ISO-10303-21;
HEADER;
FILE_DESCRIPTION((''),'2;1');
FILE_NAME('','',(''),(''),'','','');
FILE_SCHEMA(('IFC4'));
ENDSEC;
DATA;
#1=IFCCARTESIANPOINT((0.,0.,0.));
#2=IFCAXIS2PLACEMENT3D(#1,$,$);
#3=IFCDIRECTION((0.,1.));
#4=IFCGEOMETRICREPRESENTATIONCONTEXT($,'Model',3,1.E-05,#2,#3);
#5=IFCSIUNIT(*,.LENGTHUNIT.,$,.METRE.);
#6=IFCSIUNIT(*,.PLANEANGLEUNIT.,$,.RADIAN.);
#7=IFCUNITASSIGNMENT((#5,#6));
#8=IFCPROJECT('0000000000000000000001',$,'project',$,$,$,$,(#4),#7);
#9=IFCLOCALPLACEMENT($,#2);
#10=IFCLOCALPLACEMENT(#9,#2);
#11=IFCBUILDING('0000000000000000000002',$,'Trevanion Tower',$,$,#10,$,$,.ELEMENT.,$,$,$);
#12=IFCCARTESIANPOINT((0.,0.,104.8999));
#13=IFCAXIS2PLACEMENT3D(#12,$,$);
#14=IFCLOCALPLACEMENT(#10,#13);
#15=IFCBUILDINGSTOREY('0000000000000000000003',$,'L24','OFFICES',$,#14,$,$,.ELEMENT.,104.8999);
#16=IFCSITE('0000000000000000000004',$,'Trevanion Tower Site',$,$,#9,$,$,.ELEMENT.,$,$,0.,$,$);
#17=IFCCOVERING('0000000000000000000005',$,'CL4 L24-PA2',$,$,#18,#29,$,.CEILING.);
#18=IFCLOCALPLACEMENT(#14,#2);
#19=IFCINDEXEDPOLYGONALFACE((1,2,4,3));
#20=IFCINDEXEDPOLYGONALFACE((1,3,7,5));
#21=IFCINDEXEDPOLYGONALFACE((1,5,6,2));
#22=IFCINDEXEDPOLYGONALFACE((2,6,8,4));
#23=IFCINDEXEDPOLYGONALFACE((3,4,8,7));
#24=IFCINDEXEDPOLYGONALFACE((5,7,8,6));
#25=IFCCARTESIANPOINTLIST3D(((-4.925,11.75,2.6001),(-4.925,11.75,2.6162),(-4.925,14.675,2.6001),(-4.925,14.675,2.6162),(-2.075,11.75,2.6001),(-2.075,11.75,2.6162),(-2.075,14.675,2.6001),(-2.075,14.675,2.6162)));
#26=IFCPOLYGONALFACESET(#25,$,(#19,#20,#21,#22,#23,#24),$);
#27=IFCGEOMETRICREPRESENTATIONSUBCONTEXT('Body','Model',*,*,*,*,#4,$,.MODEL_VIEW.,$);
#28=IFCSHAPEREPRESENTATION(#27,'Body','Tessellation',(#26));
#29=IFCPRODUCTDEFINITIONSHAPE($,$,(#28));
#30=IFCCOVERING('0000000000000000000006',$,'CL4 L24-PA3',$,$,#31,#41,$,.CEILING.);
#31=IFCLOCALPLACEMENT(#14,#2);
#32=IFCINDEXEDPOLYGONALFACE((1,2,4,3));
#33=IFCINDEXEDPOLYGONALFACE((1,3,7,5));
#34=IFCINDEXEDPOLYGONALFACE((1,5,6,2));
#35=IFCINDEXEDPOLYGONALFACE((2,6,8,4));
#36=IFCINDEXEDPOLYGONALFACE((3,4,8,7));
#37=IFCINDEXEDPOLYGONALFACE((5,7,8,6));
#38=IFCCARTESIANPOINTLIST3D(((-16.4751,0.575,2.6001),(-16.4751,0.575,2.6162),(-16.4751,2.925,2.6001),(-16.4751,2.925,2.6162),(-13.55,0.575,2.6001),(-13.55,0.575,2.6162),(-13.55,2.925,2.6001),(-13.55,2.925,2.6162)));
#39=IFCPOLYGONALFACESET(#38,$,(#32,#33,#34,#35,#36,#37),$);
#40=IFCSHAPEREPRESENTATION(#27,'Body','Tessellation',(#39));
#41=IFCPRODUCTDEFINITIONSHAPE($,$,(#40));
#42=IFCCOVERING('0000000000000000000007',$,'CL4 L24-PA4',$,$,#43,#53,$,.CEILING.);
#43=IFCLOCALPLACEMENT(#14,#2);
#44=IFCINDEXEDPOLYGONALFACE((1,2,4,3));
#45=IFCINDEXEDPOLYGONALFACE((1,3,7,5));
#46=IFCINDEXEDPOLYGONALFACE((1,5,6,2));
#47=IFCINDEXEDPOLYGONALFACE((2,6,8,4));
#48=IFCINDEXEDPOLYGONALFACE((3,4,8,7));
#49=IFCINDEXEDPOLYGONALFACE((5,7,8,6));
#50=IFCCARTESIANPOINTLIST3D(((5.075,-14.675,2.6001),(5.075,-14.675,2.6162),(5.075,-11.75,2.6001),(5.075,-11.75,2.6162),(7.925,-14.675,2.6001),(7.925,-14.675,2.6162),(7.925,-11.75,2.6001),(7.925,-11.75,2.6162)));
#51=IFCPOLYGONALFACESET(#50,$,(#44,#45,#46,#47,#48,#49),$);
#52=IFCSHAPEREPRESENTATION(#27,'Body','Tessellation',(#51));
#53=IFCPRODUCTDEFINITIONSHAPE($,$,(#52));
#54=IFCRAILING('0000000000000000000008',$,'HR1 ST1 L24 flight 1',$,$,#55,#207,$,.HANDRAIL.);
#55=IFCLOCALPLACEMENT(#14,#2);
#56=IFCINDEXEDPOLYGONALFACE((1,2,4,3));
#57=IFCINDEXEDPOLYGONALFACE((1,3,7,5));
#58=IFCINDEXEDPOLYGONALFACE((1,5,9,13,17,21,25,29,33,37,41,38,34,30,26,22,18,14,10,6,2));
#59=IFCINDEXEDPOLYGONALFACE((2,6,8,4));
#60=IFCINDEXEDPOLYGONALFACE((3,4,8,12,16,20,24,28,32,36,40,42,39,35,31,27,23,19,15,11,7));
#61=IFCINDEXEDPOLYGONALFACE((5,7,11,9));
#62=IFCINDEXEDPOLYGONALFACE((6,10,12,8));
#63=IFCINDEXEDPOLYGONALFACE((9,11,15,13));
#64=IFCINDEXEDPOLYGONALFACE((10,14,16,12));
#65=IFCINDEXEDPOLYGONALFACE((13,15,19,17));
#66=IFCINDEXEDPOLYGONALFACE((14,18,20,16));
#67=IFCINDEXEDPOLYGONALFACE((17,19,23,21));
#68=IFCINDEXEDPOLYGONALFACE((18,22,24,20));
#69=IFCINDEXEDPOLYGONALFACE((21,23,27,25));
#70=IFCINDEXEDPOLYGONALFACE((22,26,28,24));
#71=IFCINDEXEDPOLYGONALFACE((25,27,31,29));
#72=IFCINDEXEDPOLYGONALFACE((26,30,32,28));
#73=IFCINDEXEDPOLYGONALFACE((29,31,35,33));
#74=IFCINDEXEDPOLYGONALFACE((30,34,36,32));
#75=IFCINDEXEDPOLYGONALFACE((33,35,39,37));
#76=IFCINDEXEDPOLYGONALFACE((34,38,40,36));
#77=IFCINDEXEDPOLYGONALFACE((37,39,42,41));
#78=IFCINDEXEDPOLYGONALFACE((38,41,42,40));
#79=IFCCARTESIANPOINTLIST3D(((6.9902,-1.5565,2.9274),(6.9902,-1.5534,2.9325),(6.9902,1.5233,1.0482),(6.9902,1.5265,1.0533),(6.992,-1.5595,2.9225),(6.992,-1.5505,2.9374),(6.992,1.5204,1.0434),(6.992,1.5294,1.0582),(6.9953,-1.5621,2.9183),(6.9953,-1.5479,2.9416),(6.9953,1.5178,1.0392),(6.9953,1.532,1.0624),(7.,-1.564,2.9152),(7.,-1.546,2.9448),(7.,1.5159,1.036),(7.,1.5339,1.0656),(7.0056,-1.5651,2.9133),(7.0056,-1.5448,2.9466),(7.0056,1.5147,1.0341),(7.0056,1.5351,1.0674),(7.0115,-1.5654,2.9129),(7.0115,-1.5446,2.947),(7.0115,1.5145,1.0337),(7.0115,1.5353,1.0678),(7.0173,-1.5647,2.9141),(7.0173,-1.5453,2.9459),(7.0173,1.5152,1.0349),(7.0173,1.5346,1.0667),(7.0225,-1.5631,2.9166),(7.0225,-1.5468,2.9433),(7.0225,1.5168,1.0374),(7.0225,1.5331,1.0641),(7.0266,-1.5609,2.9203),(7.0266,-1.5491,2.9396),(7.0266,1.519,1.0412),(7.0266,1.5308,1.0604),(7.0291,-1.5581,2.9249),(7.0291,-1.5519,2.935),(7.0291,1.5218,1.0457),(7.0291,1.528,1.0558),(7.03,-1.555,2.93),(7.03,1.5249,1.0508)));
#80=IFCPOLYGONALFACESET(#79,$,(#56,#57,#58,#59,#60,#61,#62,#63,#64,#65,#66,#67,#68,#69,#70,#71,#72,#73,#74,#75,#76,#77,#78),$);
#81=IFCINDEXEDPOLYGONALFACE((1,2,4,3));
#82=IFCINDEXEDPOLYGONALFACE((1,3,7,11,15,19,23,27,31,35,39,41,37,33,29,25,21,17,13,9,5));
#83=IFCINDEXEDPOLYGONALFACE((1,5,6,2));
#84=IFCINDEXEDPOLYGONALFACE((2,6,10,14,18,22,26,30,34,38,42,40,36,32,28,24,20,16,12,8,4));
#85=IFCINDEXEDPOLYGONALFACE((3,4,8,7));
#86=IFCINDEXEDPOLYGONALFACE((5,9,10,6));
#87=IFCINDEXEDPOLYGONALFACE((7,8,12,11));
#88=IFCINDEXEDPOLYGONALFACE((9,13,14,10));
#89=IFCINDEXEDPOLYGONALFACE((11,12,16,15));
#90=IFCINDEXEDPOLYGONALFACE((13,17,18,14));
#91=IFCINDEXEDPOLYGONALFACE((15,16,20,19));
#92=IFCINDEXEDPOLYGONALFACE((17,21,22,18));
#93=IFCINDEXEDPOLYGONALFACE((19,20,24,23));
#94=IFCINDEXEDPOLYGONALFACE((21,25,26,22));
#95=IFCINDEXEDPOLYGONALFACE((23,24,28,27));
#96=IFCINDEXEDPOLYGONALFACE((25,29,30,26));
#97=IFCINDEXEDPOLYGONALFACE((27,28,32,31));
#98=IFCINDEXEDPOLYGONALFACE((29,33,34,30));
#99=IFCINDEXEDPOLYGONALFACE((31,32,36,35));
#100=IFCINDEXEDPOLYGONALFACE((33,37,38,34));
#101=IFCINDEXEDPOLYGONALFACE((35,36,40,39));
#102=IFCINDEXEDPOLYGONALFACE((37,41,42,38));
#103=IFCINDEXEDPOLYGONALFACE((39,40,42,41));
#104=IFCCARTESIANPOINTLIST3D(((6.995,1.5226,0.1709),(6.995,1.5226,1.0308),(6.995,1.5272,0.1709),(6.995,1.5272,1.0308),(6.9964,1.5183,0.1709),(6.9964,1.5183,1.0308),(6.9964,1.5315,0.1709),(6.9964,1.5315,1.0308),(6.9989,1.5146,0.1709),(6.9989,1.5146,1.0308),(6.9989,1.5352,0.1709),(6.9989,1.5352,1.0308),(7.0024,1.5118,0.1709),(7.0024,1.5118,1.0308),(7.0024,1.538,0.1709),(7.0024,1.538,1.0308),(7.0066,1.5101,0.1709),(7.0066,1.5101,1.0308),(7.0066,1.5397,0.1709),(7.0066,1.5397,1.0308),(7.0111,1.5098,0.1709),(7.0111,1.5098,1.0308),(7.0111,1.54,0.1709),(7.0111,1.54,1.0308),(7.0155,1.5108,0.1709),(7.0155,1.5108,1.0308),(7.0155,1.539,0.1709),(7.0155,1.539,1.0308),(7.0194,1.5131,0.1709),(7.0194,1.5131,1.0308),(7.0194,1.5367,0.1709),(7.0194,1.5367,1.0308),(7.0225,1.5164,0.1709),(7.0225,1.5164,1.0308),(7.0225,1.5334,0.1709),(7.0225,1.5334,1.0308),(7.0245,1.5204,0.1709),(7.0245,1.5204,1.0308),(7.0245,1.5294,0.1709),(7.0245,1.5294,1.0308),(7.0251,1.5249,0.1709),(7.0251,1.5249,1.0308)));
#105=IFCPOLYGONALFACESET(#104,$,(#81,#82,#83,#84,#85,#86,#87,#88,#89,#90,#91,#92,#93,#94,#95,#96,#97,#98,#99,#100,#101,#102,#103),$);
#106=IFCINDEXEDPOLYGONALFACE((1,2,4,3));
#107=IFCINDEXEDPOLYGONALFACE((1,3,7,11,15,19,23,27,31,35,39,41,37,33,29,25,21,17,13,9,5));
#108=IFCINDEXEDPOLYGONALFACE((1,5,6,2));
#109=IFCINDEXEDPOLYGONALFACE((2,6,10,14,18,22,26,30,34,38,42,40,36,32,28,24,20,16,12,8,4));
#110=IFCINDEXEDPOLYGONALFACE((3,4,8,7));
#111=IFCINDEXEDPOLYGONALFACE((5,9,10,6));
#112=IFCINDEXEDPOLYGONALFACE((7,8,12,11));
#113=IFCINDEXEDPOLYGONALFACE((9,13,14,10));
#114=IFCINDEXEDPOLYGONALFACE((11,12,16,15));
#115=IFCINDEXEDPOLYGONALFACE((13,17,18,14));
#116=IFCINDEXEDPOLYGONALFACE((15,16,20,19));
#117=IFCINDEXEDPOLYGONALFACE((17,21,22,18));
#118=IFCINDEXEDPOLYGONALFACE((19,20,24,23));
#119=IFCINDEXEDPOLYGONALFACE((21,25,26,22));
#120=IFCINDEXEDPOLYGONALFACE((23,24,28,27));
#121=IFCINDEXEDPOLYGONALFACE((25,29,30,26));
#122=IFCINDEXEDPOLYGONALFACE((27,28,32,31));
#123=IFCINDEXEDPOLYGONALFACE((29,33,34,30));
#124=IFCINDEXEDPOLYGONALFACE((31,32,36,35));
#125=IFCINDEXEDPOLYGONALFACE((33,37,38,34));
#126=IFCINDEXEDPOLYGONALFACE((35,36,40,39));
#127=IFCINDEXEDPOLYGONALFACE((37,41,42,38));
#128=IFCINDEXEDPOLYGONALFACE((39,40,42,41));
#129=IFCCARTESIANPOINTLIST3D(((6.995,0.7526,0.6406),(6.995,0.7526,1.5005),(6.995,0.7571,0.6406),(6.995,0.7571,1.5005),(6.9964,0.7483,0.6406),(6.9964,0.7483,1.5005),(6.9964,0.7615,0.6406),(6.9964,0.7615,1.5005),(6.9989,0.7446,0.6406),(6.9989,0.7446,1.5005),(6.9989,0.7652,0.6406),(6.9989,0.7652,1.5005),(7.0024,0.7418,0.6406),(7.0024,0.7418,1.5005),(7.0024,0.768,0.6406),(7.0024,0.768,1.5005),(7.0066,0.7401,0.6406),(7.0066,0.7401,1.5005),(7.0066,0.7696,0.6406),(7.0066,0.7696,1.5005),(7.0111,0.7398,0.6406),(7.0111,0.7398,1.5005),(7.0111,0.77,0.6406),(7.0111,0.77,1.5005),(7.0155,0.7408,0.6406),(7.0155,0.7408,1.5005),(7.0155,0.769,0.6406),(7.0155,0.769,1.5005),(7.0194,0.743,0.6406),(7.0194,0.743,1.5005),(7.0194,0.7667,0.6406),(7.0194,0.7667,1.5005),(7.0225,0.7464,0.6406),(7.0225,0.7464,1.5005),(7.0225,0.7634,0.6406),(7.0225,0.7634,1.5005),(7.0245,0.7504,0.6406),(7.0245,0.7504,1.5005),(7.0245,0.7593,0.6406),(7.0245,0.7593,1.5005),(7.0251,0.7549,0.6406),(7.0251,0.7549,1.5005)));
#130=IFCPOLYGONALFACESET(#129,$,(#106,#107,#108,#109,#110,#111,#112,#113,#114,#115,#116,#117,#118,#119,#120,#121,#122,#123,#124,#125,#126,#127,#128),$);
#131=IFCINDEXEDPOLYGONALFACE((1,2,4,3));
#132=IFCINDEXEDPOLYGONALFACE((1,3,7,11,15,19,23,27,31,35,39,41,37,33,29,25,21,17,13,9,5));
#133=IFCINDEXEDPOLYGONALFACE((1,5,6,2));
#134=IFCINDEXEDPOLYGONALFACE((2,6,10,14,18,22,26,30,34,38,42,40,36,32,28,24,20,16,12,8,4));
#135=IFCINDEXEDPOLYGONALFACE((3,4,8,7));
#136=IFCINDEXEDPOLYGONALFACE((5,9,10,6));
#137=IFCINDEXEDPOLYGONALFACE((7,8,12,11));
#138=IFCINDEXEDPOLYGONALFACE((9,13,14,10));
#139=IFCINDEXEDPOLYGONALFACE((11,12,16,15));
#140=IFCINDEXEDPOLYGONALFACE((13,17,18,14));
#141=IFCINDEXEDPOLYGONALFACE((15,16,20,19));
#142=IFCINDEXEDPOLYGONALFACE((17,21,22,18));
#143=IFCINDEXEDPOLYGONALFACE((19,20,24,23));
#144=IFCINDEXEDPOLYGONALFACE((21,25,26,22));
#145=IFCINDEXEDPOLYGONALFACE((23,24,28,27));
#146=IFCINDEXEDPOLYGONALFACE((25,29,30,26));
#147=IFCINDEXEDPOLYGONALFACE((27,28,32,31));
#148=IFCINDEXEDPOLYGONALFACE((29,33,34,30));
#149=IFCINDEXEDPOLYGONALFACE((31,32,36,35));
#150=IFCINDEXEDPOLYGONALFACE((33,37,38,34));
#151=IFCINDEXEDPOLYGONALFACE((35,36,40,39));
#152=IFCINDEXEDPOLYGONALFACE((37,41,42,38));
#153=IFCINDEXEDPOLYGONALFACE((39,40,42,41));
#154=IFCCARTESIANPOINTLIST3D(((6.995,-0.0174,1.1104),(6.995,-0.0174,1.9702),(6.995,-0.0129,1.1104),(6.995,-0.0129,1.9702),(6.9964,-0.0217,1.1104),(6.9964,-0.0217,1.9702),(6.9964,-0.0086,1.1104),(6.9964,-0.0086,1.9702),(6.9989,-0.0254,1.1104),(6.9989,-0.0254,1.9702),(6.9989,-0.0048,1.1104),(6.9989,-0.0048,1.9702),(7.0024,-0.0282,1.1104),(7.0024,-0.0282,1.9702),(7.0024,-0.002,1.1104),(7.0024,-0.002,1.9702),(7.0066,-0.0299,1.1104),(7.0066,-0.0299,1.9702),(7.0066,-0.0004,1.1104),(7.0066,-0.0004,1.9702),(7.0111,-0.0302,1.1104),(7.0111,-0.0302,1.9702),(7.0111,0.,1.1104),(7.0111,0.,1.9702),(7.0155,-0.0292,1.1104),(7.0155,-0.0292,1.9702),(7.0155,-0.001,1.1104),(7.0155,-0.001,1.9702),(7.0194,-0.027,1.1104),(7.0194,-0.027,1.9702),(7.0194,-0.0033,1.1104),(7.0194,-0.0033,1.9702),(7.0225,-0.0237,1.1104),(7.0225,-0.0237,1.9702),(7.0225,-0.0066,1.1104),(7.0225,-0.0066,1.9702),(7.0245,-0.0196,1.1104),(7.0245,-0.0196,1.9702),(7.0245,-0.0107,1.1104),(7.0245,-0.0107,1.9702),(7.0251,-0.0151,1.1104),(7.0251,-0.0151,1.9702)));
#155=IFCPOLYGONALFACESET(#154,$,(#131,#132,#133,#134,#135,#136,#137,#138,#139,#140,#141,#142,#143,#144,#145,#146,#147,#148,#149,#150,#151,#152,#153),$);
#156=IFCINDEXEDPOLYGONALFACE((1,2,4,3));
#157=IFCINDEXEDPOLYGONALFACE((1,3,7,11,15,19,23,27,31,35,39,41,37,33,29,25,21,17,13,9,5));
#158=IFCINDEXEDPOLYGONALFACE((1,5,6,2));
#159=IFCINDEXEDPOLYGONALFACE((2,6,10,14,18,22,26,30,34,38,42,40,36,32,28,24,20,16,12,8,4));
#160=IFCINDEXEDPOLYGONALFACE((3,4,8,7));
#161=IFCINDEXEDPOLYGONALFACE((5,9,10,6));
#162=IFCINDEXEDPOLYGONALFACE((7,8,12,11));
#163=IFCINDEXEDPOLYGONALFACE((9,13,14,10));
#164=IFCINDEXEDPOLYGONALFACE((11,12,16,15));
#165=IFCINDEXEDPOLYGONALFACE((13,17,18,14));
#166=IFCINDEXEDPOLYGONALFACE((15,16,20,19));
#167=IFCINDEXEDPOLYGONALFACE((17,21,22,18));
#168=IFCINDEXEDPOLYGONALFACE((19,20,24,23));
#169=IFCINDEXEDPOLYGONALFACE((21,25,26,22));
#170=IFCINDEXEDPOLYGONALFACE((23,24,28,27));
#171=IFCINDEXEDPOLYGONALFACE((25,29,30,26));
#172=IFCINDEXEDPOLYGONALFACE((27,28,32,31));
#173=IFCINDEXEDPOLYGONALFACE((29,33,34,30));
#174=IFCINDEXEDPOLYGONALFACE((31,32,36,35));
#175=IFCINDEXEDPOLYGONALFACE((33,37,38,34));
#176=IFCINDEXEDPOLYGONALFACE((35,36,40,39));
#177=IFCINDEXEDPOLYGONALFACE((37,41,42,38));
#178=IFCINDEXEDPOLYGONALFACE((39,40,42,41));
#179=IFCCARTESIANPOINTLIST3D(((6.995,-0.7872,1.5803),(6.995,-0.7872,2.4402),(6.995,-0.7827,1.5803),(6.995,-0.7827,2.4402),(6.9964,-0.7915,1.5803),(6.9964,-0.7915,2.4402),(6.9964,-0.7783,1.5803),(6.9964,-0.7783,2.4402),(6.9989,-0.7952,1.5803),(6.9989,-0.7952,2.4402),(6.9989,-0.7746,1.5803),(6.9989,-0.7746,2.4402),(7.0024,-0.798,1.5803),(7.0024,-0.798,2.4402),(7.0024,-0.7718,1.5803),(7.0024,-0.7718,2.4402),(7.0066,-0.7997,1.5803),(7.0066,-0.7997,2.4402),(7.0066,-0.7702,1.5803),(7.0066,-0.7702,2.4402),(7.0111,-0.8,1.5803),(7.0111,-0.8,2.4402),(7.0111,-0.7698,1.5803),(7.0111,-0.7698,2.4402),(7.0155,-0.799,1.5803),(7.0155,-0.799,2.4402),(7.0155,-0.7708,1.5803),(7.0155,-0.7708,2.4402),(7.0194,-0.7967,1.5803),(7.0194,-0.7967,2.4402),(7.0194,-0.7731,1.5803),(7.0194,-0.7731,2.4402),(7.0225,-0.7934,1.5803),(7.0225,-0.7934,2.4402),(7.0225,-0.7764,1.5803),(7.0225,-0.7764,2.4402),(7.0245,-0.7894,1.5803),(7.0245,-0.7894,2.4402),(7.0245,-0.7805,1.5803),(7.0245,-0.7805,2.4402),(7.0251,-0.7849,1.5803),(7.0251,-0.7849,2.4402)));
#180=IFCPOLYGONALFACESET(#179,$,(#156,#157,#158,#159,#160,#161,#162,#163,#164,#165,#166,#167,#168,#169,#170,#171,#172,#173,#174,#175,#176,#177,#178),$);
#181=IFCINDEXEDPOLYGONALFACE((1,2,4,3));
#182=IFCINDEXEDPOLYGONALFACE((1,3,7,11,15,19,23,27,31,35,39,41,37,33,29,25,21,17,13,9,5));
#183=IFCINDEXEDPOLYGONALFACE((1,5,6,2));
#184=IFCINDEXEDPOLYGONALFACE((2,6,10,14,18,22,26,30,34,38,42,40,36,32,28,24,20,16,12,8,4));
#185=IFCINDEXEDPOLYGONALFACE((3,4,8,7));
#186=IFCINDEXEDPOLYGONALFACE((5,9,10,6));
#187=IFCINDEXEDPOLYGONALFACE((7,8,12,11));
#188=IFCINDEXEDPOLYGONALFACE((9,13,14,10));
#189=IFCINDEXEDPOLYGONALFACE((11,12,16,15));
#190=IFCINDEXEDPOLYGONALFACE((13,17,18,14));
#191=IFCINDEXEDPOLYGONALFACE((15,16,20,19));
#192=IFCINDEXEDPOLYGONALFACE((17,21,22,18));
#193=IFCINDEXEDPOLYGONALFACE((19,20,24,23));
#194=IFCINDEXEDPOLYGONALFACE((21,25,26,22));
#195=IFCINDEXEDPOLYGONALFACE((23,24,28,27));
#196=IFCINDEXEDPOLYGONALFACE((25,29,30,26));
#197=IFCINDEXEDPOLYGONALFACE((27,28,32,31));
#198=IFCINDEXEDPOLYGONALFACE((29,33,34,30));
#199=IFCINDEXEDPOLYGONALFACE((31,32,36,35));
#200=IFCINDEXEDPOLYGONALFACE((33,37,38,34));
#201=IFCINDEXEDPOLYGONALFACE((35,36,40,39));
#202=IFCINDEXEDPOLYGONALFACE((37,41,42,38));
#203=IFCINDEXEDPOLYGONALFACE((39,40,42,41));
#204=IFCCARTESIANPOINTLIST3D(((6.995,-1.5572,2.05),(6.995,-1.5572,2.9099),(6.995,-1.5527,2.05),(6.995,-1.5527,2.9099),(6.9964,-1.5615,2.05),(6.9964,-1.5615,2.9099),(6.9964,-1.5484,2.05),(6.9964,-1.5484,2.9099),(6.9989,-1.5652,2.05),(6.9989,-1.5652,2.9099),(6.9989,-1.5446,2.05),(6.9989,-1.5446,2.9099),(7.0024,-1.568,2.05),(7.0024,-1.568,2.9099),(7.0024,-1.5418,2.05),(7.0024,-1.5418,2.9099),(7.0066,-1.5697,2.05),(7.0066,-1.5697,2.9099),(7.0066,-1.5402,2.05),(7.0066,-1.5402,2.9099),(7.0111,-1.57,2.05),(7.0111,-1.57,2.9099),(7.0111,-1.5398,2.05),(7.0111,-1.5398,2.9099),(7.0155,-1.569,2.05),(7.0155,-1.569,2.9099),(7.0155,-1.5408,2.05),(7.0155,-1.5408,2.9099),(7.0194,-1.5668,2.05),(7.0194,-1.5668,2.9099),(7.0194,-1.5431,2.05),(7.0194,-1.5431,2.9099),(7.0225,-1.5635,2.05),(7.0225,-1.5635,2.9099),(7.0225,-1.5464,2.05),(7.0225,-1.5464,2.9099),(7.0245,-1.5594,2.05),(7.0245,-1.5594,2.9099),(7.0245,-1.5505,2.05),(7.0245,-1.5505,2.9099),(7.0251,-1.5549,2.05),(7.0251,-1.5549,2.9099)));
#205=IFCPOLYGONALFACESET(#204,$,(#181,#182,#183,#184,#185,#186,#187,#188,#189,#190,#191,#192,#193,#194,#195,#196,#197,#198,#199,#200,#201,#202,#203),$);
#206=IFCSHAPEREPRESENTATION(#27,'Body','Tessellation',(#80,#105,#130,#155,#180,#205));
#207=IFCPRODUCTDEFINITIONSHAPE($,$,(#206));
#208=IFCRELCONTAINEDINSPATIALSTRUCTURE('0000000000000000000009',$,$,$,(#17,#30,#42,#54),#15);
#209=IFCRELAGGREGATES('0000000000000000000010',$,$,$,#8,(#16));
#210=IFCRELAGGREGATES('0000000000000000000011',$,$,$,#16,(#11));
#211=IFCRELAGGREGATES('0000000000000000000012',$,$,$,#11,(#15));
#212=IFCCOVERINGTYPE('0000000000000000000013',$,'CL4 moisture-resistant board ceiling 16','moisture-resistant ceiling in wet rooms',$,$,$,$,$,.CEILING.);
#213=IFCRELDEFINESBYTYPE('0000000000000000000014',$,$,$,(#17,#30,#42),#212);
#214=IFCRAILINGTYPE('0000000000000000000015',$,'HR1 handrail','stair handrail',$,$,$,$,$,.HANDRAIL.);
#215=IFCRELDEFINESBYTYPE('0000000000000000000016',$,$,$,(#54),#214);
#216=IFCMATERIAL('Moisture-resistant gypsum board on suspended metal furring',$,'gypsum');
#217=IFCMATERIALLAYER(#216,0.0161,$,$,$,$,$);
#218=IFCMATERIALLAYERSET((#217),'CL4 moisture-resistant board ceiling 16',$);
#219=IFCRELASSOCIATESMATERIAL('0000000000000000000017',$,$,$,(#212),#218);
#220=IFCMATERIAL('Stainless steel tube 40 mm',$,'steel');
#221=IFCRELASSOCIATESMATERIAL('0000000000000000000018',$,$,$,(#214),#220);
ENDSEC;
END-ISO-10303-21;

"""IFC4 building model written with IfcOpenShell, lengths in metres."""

from ifc_helpers import new_model, si_unit, direction, frame, origin, origin_2d, place, context, subcontext, project, spatial, polyline, circle, outline, extrude, material, layer, layer_set, type_object, element, save


model = new_model("IFC4")

# Units and contexts
model_context = context("Model", 3, precision=1e-05, world=origin(), true_north=direction((0.0, 1.0)))
body_context = subcontext(model_context, "Body", "Model", "MODEL_VIEW")
ifc_project = project(units=[si_unit("LENGTHUNIT", "METRE"), si_unit("PLANEANGLEUNIT", "RADIAN")], contexts=[model_context])

# Site, building, storey
site_placement = place(None, origin())
site = spatial("IfcSite", under=ifc_project, at=site_placement, Name="Trevanion Tower Site", CompositionType="ELEMENT", RefElevation=0.0)
building_placement = place(site_placement, origin())
building = spatial("IfcBuilding", under=site, at=building_placement, Name="Trevanion Tower", CompositionType="ELEMENT")
storey_placement = place(building_placement, frame((0.0, 0.0, 104.8999)))
storey = spatial("IfcBuildingStorey", under=building, at=storey_placement, Name="L24", Description="OFFICES", CompositionType="ELEMENT", Elevation=104.8999)

# Coverings
ifc_material_1 = material(Name="Moisture-resistant gypsum board on suspended metal furring", Category="gypsum")
ifc_layer_1 = layer(ifc_material_1, 0.0161)
ifc_layer_set_1 = layer_set([ifc_layer_1], Name="CL4 moisture-resistant board ceiling 16")
covering_type_1 = type_object("IfcCoveringType", Name="CL4 moisture-resistant board ceiling 16", Description="moisture-resistant ceiling in wet rooms", PredefinedType="CEILING", material=ifc_layer_set_1)
covering_1_placement = place(storey_placement, frame((0.0, 0.0, 2.6001)))
element("IfcCovering", 1, at=covering_1_placement, inside=storey, type_object=covering_type_1, Name="CL4 L24-PA2", PredefinedType="CEILING", context=body_context, shape_type="SweptSolid", body=[
    extrude(outline(polyline([(-4.925, 14.675), (-2.075, 14.675), (-2.075, 11.75), (-4.925, 11.75), (-4.925, 14.675)])), origin(), (0.0, 0.0, 1.0), 0.0161),
])
covering_2_placement = place(storey_placement, frame((0.0, 0.0, 2.6001)))
element("IfcCovering", 2, at=covering_2_placement, inside=storey, type_object=covering_type_1, Name="CL4 L24-PA3", PredefinedType="CEILING", context=body_context, shape_type="SweptSolid", body=[
    extrude(outline(polyline([(-13.55, 2.925), (-13.55, 0.575), (-16.4751, 0.575), (-16.4751, 2.925), (-13.55, 2.925)])), origin(), (0.0, 0.0, 1.0), 0.0161),
])
covering_3_placement = place(storey_placement, frame((0.0, 0.0, 2.6001)))
element("IfcCovering", 3, at=covering_3_placement, inside=storey, type_object=covering_type_1, Name="CL4 L24-PA4", PredefinedType="CEILING", context=body_context, shape_type="SweptSolid", body=[
    extrude(outline(polyline([(7.925, -14.675), (5.075, -14.675), (5.075, -11.75), (7.925, -11.75), (7.925, -14.675)])), origin(), (0.0, 0.0, 1.0), 0.0161),
])

# Railing
ifc_material_2 = material(Name="Stainless steel tube 40 mm", Category="steel")
railing_type = type_object("IfcRailingType", Name="HR1 handrail", Description="stair handrail", PredefinedType="HANDRAIL", material=ifc_material_2)
for number, where, name in (
    (4, (7.01, 1.5249, 0.1709), "HR1 ST1 L24 flight 1"),
):
    element("IfcRailing", number, at=place(storey_placement, frame(where)), inside=storey, type_object=railing_type, Name=name, PredefinedType="HANDRAIL", context=body_context, shape_type="SweptSolid", body=[
        extrude(circle(Radius=0.02, at=origin_2d()), frame((0.0, 0.0, 0.8799), z_axis=(0.0, -0.853648, 0.52085), x_axis=(1.0, 0.0, 0.0)), (0.0, 0.0, 1.0), 3.6079),
        extrude(circle(Radius=0.0151, at=origin_2d()), origin(), (0.0, 0.0, 1.0), 0.8599),
        extrude(circle(Radius=0.0151, at=origin_2d()), frame((0.0, -0.77, 0.4697)), (0.0, 0.0, 1.0), 0.8599),
        extrude(circle(Radius=0.0151, at=origin_2d()), frame((0.0, -1.54, 0.9395)), (0.0, 0.0, 1.0), 0.8599),
        extrude(circle(Radius=0.0151, at=origin_2d()), frame((0.0, -2.3098, 1.4094)), (0.0, 0.0, 1.0), 0.8599),
        extrude(circle(Radius=0.0151, at=origin_2d()), frame((0.0, -3.0798, 1.8792)), (0.0, 0.0, 1.0), 0.8599),
    ])

save(model, "model.ifc")
